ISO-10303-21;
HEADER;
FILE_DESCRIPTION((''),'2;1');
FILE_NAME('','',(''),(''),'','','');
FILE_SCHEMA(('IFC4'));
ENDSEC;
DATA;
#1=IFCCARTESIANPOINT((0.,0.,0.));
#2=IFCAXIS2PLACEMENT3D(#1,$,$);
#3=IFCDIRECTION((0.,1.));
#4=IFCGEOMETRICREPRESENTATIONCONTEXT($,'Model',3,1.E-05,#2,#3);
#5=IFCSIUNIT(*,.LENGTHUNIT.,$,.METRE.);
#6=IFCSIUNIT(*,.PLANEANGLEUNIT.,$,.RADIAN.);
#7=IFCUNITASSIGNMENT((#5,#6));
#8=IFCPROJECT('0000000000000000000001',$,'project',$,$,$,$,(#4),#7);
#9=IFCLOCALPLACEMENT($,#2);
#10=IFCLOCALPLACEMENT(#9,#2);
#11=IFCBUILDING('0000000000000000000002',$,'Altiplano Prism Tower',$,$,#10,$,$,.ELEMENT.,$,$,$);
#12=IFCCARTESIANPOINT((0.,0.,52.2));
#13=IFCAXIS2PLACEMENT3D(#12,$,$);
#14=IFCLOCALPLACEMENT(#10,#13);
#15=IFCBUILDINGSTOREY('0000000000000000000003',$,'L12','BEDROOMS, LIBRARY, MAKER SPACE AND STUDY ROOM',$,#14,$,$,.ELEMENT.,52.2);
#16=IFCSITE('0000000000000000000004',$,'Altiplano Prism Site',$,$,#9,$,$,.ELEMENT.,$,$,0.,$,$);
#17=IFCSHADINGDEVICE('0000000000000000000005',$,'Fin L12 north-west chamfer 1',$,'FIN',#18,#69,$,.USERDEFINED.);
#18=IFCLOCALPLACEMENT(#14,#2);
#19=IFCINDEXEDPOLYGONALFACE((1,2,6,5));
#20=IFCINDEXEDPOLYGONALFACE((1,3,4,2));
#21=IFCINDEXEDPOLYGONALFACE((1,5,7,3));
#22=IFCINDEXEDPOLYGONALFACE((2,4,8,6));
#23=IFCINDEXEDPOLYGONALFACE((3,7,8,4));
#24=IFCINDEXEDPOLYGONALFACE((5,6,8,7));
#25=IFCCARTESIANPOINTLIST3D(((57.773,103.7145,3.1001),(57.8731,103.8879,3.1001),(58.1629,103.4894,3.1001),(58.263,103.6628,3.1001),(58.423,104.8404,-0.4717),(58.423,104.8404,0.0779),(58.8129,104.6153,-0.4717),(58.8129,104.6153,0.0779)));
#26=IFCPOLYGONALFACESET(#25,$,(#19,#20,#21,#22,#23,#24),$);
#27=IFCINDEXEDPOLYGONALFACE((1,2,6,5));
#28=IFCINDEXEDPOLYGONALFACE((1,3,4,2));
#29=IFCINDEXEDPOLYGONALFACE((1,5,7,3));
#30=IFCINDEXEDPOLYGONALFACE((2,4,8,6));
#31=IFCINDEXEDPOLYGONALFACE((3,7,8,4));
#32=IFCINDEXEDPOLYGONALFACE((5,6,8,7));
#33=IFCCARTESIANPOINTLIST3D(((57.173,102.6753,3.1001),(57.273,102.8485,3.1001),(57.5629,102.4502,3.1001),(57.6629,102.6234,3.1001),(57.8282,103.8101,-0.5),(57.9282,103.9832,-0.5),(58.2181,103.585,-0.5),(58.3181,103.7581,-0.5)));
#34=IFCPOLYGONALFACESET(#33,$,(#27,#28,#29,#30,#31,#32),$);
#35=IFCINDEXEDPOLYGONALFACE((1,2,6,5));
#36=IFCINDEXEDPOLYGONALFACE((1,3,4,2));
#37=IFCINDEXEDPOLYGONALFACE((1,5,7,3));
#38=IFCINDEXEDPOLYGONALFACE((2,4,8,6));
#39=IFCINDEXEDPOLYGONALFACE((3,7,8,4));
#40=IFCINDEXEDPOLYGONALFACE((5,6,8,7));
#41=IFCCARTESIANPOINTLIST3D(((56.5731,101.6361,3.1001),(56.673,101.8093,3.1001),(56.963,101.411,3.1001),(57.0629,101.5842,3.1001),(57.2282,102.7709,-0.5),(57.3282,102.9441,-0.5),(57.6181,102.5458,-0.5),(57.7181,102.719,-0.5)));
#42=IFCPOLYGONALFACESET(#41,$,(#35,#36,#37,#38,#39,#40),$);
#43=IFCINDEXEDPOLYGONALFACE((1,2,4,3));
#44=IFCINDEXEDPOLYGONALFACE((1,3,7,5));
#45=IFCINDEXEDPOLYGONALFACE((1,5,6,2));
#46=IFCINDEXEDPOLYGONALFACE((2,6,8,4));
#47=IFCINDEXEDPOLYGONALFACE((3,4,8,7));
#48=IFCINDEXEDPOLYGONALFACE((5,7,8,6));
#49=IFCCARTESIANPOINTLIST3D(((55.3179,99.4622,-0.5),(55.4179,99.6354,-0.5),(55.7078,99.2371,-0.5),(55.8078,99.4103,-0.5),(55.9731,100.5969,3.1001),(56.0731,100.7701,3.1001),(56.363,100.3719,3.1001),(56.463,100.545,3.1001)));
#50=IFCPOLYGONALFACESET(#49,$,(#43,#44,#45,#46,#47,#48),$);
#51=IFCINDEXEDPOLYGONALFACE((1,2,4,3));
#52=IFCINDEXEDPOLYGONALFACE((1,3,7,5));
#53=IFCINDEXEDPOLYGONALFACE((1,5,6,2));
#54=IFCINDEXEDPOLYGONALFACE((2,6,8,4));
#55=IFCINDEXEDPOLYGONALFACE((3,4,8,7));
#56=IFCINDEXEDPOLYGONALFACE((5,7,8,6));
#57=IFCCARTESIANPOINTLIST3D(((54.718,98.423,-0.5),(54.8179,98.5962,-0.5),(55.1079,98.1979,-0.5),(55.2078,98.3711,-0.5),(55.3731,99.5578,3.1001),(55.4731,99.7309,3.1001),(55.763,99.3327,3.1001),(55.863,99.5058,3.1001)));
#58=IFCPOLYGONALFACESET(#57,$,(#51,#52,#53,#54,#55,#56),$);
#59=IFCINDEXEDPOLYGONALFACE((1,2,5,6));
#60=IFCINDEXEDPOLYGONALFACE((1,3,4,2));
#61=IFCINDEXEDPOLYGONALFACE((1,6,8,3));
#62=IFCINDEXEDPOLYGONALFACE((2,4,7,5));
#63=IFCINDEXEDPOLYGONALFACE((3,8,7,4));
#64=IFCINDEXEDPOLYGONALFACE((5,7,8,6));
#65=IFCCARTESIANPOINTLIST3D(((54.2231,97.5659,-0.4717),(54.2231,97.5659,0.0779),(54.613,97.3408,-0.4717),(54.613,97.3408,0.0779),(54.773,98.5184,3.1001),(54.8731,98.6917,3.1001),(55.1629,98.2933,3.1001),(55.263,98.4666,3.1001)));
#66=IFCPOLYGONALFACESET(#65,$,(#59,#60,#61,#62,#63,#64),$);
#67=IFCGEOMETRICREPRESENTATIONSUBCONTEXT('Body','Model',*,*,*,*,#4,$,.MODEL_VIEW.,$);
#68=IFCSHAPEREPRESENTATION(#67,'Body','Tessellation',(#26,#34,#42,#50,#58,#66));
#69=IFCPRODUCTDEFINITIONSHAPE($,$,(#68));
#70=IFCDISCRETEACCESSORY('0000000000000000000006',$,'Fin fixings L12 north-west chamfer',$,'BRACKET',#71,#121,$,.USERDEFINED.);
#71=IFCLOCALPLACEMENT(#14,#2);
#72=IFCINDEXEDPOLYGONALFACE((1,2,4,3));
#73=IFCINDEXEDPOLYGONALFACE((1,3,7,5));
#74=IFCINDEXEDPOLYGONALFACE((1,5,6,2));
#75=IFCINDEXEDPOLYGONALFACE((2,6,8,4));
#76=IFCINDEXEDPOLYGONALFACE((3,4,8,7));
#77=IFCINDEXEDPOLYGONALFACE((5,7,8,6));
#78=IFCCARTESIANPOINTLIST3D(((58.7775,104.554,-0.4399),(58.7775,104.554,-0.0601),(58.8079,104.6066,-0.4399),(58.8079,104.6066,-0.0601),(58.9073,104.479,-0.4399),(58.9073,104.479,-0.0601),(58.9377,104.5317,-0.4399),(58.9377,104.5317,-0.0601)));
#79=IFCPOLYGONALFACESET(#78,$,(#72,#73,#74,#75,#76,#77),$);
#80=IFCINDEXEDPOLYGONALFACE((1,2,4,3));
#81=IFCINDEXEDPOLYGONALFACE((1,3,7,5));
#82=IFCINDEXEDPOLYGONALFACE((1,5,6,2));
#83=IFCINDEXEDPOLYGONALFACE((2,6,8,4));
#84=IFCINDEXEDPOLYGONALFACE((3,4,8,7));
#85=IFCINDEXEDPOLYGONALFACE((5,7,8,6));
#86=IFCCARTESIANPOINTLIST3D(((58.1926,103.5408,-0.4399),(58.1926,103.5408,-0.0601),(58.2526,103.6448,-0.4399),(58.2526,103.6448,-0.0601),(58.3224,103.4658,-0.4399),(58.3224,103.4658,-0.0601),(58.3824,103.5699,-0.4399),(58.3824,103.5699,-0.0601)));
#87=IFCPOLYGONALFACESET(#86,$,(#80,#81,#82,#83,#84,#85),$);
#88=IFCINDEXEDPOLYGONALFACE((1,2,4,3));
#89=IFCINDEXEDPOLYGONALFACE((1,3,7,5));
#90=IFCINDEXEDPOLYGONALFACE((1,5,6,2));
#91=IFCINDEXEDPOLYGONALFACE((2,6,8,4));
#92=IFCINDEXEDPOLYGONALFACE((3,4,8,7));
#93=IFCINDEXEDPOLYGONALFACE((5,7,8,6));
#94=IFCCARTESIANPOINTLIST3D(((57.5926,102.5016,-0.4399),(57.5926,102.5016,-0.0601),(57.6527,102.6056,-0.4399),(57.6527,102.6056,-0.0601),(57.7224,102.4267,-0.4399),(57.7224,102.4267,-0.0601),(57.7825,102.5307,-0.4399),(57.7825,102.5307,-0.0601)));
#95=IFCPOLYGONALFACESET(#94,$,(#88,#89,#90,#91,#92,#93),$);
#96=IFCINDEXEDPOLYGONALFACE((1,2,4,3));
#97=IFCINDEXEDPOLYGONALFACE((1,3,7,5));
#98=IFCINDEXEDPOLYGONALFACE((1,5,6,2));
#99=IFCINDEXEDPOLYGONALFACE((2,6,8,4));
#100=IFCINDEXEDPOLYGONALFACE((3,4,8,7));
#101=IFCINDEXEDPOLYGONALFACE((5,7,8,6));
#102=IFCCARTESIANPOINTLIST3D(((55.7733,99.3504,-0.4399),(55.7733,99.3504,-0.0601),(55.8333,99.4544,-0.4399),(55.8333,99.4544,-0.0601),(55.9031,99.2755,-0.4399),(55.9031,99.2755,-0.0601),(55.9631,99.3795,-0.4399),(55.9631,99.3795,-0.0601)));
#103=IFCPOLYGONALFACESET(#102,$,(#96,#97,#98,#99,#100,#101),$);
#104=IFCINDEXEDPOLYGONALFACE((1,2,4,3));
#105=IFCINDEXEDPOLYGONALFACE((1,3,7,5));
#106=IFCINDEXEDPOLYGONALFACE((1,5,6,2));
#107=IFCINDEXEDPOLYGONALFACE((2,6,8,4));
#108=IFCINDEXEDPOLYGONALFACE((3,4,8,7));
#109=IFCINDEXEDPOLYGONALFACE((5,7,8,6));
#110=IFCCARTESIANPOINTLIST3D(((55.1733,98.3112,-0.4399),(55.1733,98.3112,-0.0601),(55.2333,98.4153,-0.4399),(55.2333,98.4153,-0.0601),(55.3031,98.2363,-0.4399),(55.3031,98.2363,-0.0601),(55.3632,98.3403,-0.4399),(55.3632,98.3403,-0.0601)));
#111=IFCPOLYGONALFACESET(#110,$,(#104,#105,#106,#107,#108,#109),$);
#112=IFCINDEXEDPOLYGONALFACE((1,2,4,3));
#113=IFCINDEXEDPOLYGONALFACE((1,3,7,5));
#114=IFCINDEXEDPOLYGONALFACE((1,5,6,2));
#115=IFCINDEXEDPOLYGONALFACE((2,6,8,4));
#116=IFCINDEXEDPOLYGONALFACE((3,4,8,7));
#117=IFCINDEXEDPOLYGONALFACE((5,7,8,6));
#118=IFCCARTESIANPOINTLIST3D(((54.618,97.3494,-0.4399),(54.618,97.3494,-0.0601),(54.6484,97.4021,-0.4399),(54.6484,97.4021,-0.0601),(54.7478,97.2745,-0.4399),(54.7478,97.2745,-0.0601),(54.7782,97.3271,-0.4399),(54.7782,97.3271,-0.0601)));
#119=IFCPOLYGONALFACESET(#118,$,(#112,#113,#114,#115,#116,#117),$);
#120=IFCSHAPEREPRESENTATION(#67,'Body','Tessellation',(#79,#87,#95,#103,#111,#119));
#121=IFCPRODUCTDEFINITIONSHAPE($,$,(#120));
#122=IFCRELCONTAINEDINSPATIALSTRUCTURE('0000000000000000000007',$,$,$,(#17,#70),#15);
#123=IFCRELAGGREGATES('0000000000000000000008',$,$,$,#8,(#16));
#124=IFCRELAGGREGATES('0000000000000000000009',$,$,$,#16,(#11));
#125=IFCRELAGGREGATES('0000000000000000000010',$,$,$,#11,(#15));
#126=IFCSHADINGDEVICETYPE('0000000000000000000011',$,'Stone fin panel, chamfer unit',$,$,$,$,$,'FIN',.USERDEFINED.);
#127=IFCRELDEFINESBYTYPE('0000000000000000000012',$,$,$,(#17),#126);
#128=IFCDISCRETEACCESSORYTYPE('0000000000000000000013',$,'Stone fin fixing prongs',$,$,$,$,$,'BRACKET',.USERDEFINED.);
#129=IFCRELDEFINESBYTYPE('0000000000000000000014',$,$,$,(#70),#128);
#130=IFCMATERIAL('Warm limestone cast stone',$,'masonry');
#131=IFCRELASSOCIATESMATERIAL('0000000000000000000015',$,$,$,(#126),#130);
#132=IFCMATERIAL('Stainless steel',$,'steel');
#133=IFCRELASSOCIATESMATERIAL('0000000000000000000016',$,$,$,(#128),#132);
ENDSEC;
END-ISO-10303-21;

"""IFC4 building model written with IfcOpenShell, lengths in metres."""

from ifc_helpers import new_model, si_unit, direction, frame, origin, place, context, subcontext, project, spatial, polyline, outline, extrude, source, transform, mapped, material, type_object, element, save


model = new_model("IFC4")

# Units and contexts
model_context = context("Model", 3, precision=1e-05, world=origin(), true_north=direction((0.0, 1.0)))
body_context = subcontext(model_context, "Body", "Model", "MODEL_VIEW")
ifc_project = project(units=[si_unit("LENGTHUNIT", "METRE"), si_unit("PLANEANGLEUNIT", "RADIAN")], contexts=[model_context])

# Site, building, storey
site_placement = place(None, origin())
site = spatial("IfcSite", under=ifc_project, at=site_placement, Name="Altiplano Prism Site", CompositionType="ELEMENT", RefElevation=0.0)
building_placement = place(site_placement, origin())
building = spatial("IfcBuilding", under=site, at=building_placement, Name="Altiplano Prism Tower", CompositionType="ELEMENT")
storey_placement = place(building_placement, frame((0.0, 0.0, 52.2)))
storey = spatial("IfcBuildingStorey", under=building, at=storey_placement, Name="L12", Description="BEDROOMS, LIBRARY, MAKER SPACE AND STUDY ROOM", CompositionType="ELEMENT", Elevation=52.2)

# Shading device
ifc_material_1 = material(Name="Warm limestone cast stone", Category="masonry")
shading_device_type_1 = type_object("IfcShadingDeviceType", Name="Stone fin panel, chamfer unit", ElementType="FIN", PredefinedType="USERDEFINED", material=ifc_material_1)
shared_shape_1 = source(origin(), body_context, "Body", "SweptSolid", [
    extrude(outline(polyline([(-4.2, 0.0283), (-2.8999, 3.6001), (-3.1001, 3.6001), (-4.2, 0.5779), (-4.2, 0.0283)])), frame((0.0, -0.1499, 0.0), z_axis=(0.0, -1.0, 0.0), x_axis=(1.0, 0.0, 0.0)), (0.0, 0.0, 1.0), 0.4502),
    extrude(outline(polyline([(-3.2102, 0.0), (-3.0103, 0.0), (-1.7, 3.6001), (-1.8999, 3.6001), (-3.2102, 0.0)])), frame((0.0, -0.1499, 0.0), z_axis=(0.0, -1.0, 0.0), x_axis=(1.0, 0.0, 0.0)), (0.0, 0.0, 1.0), 0.4502),
    extrude(outline(polyline([(-2.0103, 0.0), (-1.8103, 0.0), (-0.5, 3.6001), (-0.7, 3.6001), (-2.0103, 0.0)])), frame((0.0, -0.1499, 0.0), z_axis=(0.0, -1.0, 0.0), x_axis=(1.0, 0.0, 0.0)), (0.0, 0.0, 1.0), 0.4502),
    extrude(outline(polyline([(1.8103, 0.0), (2.0103, 0.0), (0.7, 3.6001), (0.5, 3.6001), (1.8103, 0.0)])), frame((0.0, -0.1499, 0.0), z_axis=(0.0, -1.0, 0.0), x_axis=(1.0, 0.0, 0.0)), (0.0, 0.0, 1.0), 0.4502),
    extrude(outline(polyline([(3.0103, 0.0), (3.2102, 0.0), (1.8999, 3.6001), (1.7, 3.6001), (3.0103, 0.0)])), frame((0.0, -0.1499, 0.0), z_axis=(0.0, -1.0, 0.0), x_axis=(1.0, 0.0, 0.0)), (0.0, 0.0, 1.0), 0.4502),
    extrude(outline(polyline([(4.2, 0.5779), (3.1001, 3.6001), (2.8999, 3.6001), (4.2, 0.0283), (4.2, 0.5779)])), frame((0.0, -0.1499, 0.0), z_axis=(0.0, -1.0, 0.0), x_axis=(1.0, 0.0, 0.0)), (0.0, 0.0, 1.0), 0.4502),
])
shading_device_1_placement = place(storey_placement, origin())
element("IfcShadingDevice", 1, at=shading_device_1_placement, inside=storey, type_object=shading_device_type_1, Name="Fin L12 north-west chamfer 1", ObjectType="FIN", PredefinedType="USERDEFINED", context=body_context, shape_type="MappedRepresentation", body=[
    mapped(shared_shape_1, transform((56.8428, 100.9031, -0.5), x_axis=(-0.5, -0.866025, 0.0), y_axis=(0.866025, -0.5, 0.0), z_axis=(0.0, 0.0, 1.0))),
])

# Discrete accessory
ifc_material_2 = material(Name="Stainless steel", Category="steel")
discrete_accessory_type = type_object("IfcDiscreteAccessoryType", Name="Stone fin fixing prongs", ElementType="BRACKET", PredefinedType="USERDEFINED", material=ifc_material_2)
shared_shape_2 = source(origin(), body_context, "Body", "SweptSolid", [
    extrude(outline(polyline([(-4.1899, 0.0601), (-4.1292, 0.0601), (-4.1292, 0.4399), (-4.1899, 0.4399), (-4.1899, 0.0601)])), frame((0.0, 0.0, 0.0), z_axis=(0.0, -1.0, 0.0), x_axis=(1.0, 0.0, 0.0)), (0.0, 0.0, 1.0), 0.1499),
    extrude(outline(polyline([(-3.0793, 0.0601), (-2.9592, 0.0601), (-2.9592, 0.4399), (-3.0793, 0.4399), (-3.0793, 0.0601)])), frame((0.0, 0.0, 0.0), z_axis=(0.0, -1.0, 0.0), x_axis=(1.0, 0.0, 0.0)), (0.0, 0.0, 1.0), 0.1499),
    extrude(outline(polyline([(-1.8794, 0.0601), (-1.7593, 0.0601), (-1.7593, 0.4399), (-1.8794, 0.4399), (-1.8794, 0.0601)])), frame((0.0, 0.0, 0.0), z_axis=(0.0, -1.0, 0.0), x_axis=(1.0, 0.0, 0.0)), (0.0, 0.0, 1.0), 0.1499),
    extrude(outline(polyline([(1.7593, 0.0601), (1.8794, 0.0601), (1.8794, 0.4399), (1.7593, 0.4399), (1.7593, 0.0601)])), frame((0.0, 0.0, 0.0), z_axis=(0.0, -1.0, 0.0), x_axis=(1.0, 0.0, 0.0)), (0.0, 0.0, 1.0), 0.1499),
    extrude(outline(polyline([(2.9592, 0.0601), (3.0793, 0.0601), (3.0793, 0.4399), (2.9592, 0.4399), (2.9592, 0.0601)])), frame((0.0, 0.0, 0.0), z_axis=(0.0, -1.0, 0.0), x_axis=(1.0, 0.0, 0.0)), (0.0, 0.0, 1.0), 0.1499),
    extrude(outline(polyline([(4.1292, 0.0601), (4.1899, 0.0601), (4.1899, 0.4399), (4.1292, 0.4399), (4.1292, 0.0601)])), frame((0.0, 0.0, 0.0), z_axis=(0.0, -1.0, 0.0), x_axis=(1.0, 0.0, 0.0)), (0.0, 0.0, 1.0), 0.1499),
])
discrete_accessory_1_placement = place(storey_placement, origin())
element("IfcDiscreteAccessory", 2, at=discrete_accessory_1_placement, inside=storey, type_object=discrete_accessory_type, Name="Fin fixings L12 north-west chamfer", ObjectType="BRACKET", PredefinedType="USERDEFINED", context=body_context, shape_type="MappedRepresentation", body=[
    mapped(shared_shape_2, transform((56.8428, 100.9031, -0.5), x_axis=(-0.5, -0.866025, 0.0), y_axis=(0.866025, -0.5, 0.0), z_axis=(0.0, 0.0, 1.0))),
])

save(model, "model.ifc")
